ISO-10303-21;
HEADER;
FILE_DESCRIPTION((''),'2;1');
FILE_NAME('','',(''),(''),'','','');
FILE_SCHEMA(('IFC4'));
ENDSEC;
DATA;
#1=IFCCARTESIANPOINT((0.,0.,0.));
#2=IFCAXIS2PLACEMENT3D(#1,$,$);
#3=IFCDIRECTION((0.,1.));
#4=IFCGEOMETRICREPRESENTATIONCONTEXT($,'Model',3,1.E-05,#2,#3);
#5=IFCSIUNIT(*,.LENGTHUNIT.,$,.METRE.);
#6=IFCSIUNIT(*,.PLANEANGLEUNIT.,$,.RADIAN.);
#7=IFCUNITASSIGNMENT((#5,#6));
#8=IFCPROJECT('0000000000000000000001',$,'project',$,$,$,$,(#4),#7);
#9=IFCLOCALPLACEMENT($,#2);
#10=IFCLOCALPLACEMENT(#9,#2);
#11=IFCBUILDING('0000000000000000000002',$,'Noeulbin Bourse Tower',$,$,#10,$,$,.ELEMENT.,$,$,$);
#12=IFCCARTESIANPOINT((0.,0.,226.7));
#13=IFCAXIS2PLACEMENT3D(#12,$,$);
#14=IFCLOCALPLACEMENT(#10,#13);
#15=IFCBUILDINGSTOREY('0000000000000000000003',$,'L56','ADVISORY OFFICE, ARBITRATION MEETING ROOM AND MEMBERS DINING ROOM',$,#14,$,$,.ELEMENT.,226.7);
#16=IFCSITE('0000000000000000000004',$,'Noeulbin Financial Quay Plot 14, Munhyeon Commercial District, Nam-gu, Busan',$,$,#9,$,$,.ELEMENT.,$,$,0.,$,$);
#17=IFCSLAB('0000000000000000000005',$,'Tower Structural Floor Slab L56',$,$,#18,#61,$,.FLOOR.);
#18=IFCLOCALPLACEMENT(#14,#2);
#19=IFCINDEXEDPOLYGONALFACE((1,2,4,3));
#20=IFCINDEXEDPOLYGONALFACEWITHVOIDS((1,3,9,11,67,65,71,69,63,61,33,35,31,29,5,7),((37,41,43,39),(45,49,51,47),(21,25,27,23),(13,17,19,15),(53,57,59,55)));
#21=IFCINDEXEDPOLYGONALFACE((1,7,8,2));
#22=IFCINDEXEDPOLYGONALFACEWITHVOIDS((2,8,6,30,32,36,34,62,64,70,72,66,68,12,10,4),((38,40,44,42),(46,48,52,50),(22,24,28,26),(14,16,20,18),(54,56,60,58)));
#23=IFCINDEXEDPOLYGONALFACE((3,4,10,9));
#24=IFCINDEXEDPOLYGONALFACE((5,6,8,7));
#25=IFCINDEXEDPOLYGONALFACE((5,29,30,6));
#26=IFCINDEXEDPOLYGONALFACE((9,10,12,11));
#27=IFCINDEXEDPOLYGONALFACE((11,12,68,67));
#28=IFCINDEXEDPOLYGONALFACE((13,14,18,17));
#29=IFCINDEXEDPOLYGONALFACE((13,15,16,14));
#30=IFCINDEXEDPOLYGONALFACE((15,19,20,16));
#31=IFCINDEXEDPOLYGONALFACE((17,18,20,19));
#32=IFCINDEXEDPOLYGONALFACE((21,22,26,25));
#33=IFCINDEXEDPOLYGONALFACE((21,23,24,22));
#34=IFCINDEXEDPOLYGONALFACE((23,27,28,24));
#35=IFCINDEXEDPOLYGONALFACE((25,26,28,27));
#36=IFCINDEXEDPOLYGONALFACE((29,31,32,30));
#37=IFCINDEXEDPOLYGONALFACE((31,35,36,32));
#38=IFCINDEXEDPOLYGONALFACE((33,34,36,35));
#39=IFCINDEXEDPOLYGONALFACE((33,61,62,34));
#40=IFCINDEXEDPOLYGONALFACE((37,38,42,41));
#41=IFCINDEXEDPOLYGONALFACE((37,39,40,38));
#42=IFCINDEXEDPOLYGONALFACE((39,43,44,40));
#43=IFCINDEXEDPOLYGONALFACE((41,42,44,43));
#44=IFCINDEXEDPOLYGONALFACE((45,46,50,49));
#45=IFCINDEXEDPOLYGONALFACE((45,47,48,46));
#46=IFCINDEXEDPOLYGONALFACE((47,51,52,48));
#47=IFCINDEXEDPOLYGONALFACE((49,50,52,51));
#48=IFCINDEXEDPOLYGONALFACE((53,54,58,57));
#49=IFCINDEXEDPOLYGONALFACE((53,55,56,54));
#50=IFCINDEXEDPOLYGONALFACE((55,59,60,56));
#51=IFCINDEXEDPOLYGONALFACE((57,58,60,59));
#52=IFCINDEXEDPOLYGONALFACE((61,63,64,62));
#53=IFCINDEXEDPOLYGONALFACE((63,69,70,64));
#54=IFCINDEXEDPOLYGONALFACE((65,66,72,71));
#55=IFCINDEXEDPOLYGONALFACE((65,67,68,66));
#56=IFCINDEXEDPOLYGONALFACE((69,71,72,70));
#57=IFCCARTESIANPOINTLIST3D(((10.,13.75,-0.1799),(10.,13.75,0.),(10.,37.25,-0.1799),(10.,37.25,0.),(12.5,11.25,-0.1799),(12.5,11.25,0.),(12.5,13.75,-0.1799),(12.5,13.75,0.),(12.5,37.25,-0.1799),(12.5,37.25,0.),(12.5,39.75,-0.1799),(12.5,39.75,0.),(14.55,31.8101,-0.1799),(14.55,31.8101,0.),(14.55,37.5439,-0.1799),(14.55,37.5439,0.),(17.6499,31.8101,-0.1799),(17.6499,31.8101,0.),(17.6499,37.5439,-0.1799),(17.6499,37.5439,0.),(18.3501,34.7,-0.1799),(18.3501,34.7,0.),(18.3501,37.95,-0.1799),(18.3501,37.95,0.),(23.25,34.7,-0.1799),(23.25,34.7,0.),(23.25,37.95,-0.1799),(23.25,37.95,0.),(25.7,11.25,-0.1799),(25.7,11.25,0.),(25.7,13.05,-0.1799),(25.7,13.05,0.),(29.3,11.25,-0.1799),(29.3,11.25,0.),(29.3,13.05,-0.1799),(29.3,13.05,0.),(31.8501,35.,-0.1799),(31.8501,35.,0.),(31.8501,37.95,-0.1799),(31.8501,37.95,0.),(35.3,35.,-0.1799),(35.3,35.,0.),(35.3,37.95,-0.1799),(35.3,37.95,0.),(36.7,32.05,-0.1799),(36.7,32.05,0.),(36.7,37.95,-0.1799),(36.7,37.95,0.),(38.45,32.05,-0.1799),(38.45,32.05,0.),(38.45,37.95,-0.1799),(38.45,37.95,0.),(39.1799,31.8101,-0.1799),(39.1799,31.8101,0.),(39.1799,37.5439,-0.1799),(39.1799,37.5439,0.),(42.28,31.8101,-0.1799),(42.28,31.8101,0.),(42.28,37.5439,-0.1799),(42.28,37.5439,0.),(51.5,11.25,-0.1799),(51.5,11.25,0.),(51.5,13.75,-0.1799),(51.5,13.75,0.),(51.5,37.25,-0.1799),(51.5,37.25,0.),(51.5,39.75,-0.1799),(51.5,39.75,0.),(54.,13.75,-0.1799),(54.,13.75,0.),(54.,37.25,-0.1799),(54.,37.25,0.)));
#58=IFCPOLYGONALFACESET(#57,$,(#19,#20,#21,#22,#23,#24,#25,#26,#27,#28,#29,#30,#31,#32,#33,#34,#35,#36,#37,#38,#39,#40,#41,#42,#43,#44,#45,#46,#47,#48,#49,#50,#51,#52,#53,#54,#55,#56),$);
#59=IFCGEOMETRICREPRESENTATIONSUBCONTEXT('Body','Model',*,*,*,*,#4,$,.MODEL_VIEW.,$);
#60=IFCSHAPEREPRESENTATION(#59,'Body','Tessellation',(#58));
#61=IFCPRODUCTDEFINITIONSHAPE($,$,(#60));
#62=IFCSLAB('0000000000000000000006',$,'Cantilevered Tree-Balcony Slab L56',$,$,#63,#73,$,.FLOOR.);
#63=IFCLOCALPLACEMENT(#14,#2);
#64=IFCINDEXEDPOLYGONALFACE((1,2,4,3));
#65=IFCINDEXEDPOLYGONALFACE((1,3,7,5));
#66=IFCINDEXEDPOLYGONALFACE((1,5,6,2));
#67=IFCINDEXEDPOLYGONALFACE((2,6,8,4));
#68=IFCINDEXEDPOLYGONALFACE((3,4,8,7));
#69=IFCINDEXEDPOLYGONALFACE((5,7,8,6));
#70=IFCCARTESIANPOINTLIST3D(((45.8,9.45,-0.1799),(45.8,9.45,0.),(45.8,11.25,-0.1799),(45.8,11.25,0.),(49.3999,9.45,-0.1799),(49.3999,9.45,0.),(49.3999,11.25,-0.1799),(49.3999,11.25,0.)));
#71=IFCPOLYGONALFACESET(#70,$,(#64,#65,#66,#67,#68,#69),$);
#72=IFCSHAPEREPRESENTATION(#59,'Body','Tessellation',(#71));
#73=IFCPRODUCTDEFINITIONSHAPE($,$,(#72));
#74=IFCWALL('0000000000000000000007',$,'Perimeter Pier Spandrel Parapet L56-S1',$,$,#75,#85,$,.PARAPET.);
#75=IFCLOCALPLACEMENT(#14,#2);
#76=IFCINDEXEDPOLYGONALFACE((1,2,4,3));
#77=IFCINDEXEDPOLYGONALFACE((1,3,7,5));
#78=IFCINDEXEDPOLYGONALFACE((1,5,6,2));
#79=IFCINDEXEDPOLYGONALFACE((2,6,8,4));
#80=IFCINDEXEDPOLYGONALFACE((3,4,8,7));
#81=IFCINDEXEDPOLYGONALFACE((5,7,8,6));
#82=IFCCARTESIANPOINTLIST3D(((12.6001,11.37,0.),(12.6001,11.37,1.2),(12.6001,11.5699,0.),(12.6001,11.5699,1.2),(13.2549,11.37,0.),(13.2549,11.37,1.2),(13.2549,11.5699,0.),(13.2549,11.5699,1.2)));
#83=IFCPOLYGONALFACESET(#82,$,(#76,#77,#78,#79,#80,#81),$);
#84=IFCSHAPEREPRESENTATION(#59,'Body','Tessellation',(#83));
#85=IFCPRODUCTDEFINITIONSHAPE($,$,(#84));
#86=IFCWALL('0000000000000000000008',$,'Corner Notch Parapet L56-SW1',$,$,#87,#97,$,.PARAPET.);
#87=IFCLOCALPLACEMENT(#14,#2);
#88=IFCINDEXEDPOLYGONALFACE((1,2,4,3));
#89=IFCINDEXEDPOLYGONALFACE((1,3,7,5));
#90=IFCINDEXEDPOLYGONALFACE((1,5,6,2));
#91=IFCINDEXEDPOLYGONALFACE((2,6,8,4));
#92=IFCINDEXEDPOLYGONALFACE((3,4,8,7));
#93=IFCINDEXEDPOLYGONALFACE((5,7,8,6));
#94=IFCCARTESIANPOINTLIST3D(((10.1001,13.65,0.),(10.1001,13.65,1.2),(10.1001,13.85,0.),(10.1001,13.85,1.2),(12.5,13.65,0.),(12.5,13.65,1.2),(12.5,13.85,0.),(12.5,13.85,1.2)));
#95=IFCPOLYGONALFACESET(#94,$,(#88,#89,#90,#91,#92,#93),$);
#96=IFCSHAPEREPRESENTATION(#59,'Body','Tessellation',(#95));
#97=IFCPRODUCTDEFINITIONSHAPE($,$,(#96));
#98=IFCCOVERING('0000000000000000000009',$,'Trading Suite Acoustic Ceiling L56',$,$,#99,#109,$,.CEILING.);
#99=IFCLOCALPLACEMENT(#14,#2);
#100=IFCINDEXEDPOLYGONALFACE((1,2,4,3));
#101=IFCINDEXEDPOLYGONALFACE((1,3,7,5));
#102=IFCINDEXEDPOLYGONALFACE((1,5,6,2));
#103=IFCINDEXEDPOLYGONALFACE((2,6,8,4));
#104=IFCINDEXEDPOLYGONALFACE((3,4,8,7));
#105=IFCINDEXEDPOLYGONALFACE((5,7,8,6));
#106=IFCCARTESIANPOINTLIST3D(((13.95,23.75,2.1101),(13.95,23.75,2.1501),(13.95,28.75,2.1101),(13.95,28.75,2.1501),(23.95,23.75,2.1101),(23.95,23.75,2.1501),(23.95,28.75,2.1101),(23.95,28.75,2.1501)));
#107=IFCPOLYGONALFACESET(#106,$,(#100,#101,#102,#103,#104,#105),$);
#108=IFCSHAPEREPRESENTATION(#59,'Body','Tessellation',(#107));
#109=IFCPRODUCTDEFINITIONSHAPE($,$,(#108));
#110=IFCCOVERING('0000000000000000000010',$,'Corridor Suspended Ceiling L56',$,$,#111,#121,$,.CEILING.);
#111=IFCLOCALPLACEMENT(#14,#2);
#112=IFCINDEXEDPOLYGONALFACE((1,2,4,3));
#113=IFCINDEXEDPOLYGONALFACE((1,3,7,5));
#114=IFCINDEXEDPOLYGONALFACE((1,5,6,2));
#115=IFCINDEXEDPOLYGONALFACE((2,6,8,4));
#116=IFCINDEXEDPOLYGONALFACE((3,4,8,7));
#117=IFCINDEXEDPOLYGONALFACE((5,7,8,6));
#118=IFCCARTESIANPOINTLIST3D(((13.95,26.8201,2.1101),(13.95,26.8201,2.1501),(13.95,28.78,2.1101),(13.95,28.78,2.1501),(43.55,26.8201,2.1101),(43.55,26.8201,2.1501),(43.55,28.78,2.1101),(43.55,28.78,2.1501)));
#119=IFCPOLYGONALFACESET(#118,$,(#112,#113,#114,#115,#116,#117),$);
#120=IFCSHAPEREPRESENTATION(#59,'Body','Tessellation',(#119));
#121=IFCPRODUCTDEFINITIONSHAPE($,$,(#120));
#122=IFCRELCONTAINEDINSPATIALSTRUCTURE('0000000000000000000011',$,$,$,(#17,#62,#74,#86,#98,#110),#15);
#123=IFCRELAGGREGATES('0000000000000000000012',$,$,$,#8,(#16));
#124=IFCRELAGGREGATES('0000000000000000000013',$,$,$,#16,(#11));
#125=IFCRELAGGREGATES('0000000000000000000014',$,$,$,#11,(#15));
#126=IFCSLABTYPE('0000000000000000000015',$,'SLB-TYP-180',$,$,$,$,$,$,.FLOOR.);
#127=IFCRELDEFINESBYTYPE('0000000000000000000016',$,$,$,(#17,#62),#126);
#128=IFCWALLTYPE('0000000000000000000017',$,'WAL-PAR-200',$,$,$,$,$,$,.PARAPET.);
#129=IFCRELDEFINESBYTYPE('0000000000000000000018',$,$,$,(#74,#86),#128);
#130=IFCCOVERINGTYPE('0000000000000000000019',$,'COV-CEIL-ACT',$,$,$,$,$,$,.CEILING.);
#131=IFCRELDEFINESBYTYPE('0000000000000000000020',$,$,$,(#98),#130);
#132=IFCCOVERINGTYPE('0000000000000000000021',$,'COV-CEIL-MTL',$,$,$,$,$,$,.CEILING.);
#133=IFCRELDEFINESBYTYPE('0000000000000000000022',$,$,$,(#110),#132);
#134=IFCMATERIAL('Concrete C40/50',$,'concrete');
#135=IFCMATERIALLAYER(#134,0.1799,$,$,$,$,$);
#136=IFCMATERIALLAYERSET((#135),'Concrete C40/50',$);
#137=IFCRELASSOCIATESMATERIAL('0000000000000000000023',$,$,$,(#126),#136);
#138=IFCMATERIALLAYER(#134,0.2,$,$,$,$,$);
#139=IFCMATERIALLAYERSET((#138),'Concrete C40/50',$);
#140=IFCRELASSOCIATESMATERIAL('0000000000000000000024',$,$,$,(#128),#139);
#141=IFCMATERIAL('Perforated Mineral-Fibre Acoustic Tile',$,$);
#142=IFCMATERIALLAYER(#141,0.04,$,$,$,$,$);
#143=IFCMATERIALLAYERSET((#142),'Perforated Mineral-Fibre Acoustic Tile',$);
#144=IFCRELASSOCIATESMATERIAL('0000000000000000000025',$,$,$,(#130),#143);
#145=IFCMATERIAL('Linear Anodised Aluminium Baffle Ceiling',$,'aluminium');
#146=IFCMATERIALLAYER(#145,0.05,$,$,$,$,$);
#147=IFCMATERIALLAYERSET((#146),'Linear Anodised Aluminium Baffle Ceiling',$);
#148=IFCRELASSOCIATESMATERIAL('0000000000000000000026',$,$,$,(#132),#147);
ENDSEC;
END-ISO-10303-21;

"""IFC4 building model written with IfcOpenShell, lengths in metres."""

from ifc_helpers import new_model, si_unit, direction, frame, frame_2d, origin, place, context, subcontext, project, spatial, polyline, rectangle, outline, extrude, material, layer, layer_set, type_object, element, save


model = new_model("IFC4")

# Units and contexts
model_context = context("Model", 3, precision=1e-05, world=origin(), true_north=direction((0.0, 1.0)))
body_context = subcontext(model_context, "Body", "Model", "MODEL_VIEW")
ifc_project = project(units=[si_unit("LENGTHUNIT", "METRE"), si_unit("PLANEANGLEUNIT", "RADIAN")], contexts=[model_context])

# Site, building, storey
site_placement = place(None, origin())
site = spatial("IfcSite", under=ifc_project, at=site_placement, Name="Noeulbin Financial Quay Plot 14, Munhyeon Commercial District, Nam-gu, Busan", CompositionType="ELEMENT", RefElevation=0.0)
building_placement = place(site_placement, origin())
building = spatial("IfcBuilding", under=site, at=building_placement, Name="Noeulbin Bourse Tower", CompositionType="ELEMENT")
storey_placement = place(building_placement, frame((0.0, 0.0, 226.7)))
storey = spatial("IfcBuildingStorey", under=building, at=storey_placement, Name="L56", Description="ADVISORY OFFICE, ARBITRATION MEETING ROOM AND MEMBERS DINING ROOM", CompositionType="ELEMENT", Elevation=226.7)

# Shared definitions
ifc_material_1 = material(Name="Concrete C40/50", Category="concrete")

# Slab, openings
ifc_layer_1 = layer(ifc_material_1, 0.1799)
ifc_layer_set_1 = layer_set([ifc_layer_1], Name="Concrete C40/50")
slab_type_1 = type_object("IfcSlabType", Name="SLB-TYP-180", PredefinedType="FLOOR", material=ifc_layer_set_1)
slab_1_placement = place(storey_placement, frame((0.0, 0.0, -0.1799)))
slab_1 = element("IfcSlab", 1, at=slab_1_placement, inside=storey, type_object=slab_type_1, Name="Tower Structural Floor Slab L56", PredefinedType="FLOOR", context=body_context, shape_type="SweptSolid", body=[
    extrude(outline(polyline([(12.5, 11.25), (25.7, 11.25), (25.7, 13.05), (29.3, 13.05), (29.3, 11.25), (51.5, 11.25), (51.5, 13.75), (54.0, 13.75), (54.0, 37.25), (51.5, 37.25), (51.5, 39.75), (12.5, 39.75), (12.5, 37.25), (10.0, 37.25), (10.0, 13.75), (12.5, 13.75), (12.5, 11.25)]), holes=[polyline([(17.6499, 31.8101), (17.6499, 37.5439), (14.55, 37.5439), (14.55, 31.8101), (17.6499, 31.8101)]), polyline([(42.28, 31.8101), (42.28, 37.5439), (39.1799, 37.5439), (39.1799, 31.8101), (42.28, 31.8101)]), polyline([(18.3501, 34.7), (23.25, 34.7), (23.25, 37.95), (18.3501, 37.95), (18.3501, 34.7)]), polyline([(36.7, 32.05), (38.45, 32.05), (38.45, 37.95), (36.7, 37.95), (36.7, 32.05)]), polyline([(31.8501, 35.0), (35.3, 35.0), (35.3, 37.95), (31.8501, 37.95), (31.8501, 35.0)])]), origin(), (0.0, 0.0, 1.0), 0.1799),
])
opening_1_placement = place(slab_1_placement, frame((0.0, 0.0, -0.01)))
element("IfcOpeningElement", 2, at=opening_1_placement, cuts=slab_1, PredefinedType="OPENING", context=body_context, shape_type="SweptSolid", body=[
    extrude(outline(polyline([(17.6499, 31.8101), (17.6499, 37.5439), (14.55, 37.5439), (14.55, 31.8101), (17.6499, 31.8101)])), origin(), (0.0, 0.0, 1.0), 0.2),
])
opening_2_placement = place(slab_1_placement, frame((0.0, 0.0, -0.01)))
element("IfcOpeningElement", 3, at=opening_2_placement, cuts=slab_1, PredefinedType="OPENING", context=body_context, shape_type="SweptSolid", body=[
    extrude(outline(polyline([(42.28, 31.8101), (42.28, 37.5439), (39.1799, 37.5439), (39.1799, 31.8101), (42.28, 31.8101)])), origin(), (0.0, 0.0, 1.0), 0.2),
])
opening_3_placement = place(slab_1_placement, frame((0.0, 0.0, -0.01)))
element("IfcOpeningElement", 4, at=opening_3_placement, cuts=slab_1, PredefinedType="OPENING", context=body_context, shape_type="SweptSolid", body=[
    extrude(outline(polyline([(18.3501, 34.7), (23.25, 34.7), (23.25, 37.95), (18.3501, 37.95), (18.3501, 34.7)])), origin(), (0.0, 0.0, 1.0), 0.2),
])
opening_4_placement = place(slab_1_placement, frame((0.0, 0.0, -0.01)))
element("IfcOpeningElement", 5, at=opening_4_placement, cuts=slab_1, PredefinedType="OPENING", context=body_context, shape_type="SweptSolid", body=[
    extrude(outline(polyline([(36.7, 32.05), (38.45, 32.05), (38.45, 37.95), (36.7, 37.95), (36.7, 32.05)])), origin(), (0.0, 0.0, 1.0), 0.2),
])
opening_5_placement = place(slab_1_placement, frame((0.0, 0.0, -0.01)))
element("IfcOpeningElement", 6, at=opening_5_placement, cuts=slab_1, PredefinedType="OPENING", context=body_context, shape_type="SweptSolid", body=[
    extrude(outline(polyline([(31.8501, 35.0), (35.3, 35.0), (35.3, 37.95), (31.8501, 37.95), (31.8501, 35.0)])), origin(), (0.0, 0.0, 1.0), 0.2),
])

# Slab
slab_2_placement = place(storey_placement, frame((0.0, 0.0, -0.1799)))
element("IfcSlab", 7, at=slab_2_placement, inside=storey, type_object=slab_type_1, Name="Cantilevered Tree-Balcony Slab L56", PredefinedType="FLOOR", context=body_context, shape_type="SweptSolid", body=[
    extrude(outline(polyline([(45.8, 9.45), (49.3999, 9.45), (49.3999, 11.25), (45.8, 11.25), (45.8, 9.45)])), origin(), (0.0, 0.0, 1.0), 0.1799),
])

# Walls
ifc_layer_2 = layer(ifc_material_1, 0.2)
ifc_layer_set_2 = layer_set([ifc_layer_2], Name="Concrete C40/50")
wall_type = type_object("IfcWallType", Name="WAL-PAR-200", PredefinedType="PARAPET", material=ifc_layer_set_2)
wall_1_placement = place(storey_placement, frame((12.6001, 11.47, 0.0), z_axis=(0.0, 0.0, 1.0), x_axis=(1.0, 0.0, 0.0)))
element("IfcWall", 8, at=wall_1_placement, inside=storey, type_object=wall_type, Name="Perimeter Pier Spandrel Parapet L56-S1", PredefinedType="PARAPET", context=body_context, shape_type="SweptSolid", body=[
    extrude(rectangle(XDim=0.6548, YDim=0.2, at=frame_2d((0.3274, 0.0))), origin(), (0.0, 0.0, 1.0), 1.2),
])
wall_2_placement = place(storey_placement, frame((10.1001, 13.75, 0.0), z_axis=(0.0, 0.0, 1.0), x_axis=(1.0, 0.0, 0.0)))
element("IfcWall", 9, at=wall_2_placement, inside=storey, type_object=wall_type, Name="Corner Notch Parapet L56-SW1", PredefinedType="PARAPET", context=body_context, shape_type="SweptSolid", body=[
    extrude(rectangle(XDim=2.3999, YDim=0.2, at=frame_2d((1.2, 0.0))), origin(), (0.0, 0.0, 1.0), 1.2),
])

# Coverings
ifc_material_2 = material(Name="Perforated Mineral-Fibre Acoustic Tile")
ifc_layer_3 = layer(ifc_material_2, 0.04)
ifc_layer_set_3 = layer_set([ifc_layer_3], Name="Perforated Mineral-Fibre Acoustic Tile")
covering_type_1 = type_object("IfcCoveringType", Name="COV-CEIL-ACT", PredefinedType="CEILING", material=ifc_layer_set_3)
covering_1_placement = place(storey_placement, frame((0.0, 0.0, 2.1101)))
element("IfcCovering", 10, at=covering_1_placement, inside=storey, type_object=covering_type_1, Name="Trading Suite Acoustic Ceiling L56", PredefinedType="CEILING", context=body_context, shape_type="SweptSolid", body=[
    extrude(outline(polyline([(13.95, 23.75), (23.95, 23.75), (23.95, 28.75), (13.95, 28.75), (13.95, 23.75)])), origin(), (0.0, 0.0, 1.0), 0.04),
])
ifc_material_3 = material(Name="Linear Anodised Aluminium Baffle Ceiling", Category="aluminium")
ifc_layer_4 = layer(ifc_material_3, 0.05)
ifc_layer_set_4 = layer_set([ifc_layer_4], Name="Linear Anodised Aluminium Baffle Ceiling")
covering_type_2 = type_object("IfcCoveringType", Name="COV-CEIL-MTL", PredefinedType="CEILING", material=ifc_layer_set_4)
covering_2_placement = place(storey_placement, frame((0.0, 0.0, 2.1101)))
element("IfcCovering", 11, at=covering_2_placement, inside=storey, type_object=covering_type_2, Name="Corridor Suspended Ceiling L56", PredefinedType="CEILING", context=body_context, shape_type="SweptSolid", body=[
    extrude(outline(polyline([(13.95, 26.8201), (43.55, 26.8201), (43.55, 28.78), (13.95, 28.78), (13.95, 26.8201)])), origin(), (0.0, 0.0, 1.0), 0.04),
])

save(model, "model.ifc")
